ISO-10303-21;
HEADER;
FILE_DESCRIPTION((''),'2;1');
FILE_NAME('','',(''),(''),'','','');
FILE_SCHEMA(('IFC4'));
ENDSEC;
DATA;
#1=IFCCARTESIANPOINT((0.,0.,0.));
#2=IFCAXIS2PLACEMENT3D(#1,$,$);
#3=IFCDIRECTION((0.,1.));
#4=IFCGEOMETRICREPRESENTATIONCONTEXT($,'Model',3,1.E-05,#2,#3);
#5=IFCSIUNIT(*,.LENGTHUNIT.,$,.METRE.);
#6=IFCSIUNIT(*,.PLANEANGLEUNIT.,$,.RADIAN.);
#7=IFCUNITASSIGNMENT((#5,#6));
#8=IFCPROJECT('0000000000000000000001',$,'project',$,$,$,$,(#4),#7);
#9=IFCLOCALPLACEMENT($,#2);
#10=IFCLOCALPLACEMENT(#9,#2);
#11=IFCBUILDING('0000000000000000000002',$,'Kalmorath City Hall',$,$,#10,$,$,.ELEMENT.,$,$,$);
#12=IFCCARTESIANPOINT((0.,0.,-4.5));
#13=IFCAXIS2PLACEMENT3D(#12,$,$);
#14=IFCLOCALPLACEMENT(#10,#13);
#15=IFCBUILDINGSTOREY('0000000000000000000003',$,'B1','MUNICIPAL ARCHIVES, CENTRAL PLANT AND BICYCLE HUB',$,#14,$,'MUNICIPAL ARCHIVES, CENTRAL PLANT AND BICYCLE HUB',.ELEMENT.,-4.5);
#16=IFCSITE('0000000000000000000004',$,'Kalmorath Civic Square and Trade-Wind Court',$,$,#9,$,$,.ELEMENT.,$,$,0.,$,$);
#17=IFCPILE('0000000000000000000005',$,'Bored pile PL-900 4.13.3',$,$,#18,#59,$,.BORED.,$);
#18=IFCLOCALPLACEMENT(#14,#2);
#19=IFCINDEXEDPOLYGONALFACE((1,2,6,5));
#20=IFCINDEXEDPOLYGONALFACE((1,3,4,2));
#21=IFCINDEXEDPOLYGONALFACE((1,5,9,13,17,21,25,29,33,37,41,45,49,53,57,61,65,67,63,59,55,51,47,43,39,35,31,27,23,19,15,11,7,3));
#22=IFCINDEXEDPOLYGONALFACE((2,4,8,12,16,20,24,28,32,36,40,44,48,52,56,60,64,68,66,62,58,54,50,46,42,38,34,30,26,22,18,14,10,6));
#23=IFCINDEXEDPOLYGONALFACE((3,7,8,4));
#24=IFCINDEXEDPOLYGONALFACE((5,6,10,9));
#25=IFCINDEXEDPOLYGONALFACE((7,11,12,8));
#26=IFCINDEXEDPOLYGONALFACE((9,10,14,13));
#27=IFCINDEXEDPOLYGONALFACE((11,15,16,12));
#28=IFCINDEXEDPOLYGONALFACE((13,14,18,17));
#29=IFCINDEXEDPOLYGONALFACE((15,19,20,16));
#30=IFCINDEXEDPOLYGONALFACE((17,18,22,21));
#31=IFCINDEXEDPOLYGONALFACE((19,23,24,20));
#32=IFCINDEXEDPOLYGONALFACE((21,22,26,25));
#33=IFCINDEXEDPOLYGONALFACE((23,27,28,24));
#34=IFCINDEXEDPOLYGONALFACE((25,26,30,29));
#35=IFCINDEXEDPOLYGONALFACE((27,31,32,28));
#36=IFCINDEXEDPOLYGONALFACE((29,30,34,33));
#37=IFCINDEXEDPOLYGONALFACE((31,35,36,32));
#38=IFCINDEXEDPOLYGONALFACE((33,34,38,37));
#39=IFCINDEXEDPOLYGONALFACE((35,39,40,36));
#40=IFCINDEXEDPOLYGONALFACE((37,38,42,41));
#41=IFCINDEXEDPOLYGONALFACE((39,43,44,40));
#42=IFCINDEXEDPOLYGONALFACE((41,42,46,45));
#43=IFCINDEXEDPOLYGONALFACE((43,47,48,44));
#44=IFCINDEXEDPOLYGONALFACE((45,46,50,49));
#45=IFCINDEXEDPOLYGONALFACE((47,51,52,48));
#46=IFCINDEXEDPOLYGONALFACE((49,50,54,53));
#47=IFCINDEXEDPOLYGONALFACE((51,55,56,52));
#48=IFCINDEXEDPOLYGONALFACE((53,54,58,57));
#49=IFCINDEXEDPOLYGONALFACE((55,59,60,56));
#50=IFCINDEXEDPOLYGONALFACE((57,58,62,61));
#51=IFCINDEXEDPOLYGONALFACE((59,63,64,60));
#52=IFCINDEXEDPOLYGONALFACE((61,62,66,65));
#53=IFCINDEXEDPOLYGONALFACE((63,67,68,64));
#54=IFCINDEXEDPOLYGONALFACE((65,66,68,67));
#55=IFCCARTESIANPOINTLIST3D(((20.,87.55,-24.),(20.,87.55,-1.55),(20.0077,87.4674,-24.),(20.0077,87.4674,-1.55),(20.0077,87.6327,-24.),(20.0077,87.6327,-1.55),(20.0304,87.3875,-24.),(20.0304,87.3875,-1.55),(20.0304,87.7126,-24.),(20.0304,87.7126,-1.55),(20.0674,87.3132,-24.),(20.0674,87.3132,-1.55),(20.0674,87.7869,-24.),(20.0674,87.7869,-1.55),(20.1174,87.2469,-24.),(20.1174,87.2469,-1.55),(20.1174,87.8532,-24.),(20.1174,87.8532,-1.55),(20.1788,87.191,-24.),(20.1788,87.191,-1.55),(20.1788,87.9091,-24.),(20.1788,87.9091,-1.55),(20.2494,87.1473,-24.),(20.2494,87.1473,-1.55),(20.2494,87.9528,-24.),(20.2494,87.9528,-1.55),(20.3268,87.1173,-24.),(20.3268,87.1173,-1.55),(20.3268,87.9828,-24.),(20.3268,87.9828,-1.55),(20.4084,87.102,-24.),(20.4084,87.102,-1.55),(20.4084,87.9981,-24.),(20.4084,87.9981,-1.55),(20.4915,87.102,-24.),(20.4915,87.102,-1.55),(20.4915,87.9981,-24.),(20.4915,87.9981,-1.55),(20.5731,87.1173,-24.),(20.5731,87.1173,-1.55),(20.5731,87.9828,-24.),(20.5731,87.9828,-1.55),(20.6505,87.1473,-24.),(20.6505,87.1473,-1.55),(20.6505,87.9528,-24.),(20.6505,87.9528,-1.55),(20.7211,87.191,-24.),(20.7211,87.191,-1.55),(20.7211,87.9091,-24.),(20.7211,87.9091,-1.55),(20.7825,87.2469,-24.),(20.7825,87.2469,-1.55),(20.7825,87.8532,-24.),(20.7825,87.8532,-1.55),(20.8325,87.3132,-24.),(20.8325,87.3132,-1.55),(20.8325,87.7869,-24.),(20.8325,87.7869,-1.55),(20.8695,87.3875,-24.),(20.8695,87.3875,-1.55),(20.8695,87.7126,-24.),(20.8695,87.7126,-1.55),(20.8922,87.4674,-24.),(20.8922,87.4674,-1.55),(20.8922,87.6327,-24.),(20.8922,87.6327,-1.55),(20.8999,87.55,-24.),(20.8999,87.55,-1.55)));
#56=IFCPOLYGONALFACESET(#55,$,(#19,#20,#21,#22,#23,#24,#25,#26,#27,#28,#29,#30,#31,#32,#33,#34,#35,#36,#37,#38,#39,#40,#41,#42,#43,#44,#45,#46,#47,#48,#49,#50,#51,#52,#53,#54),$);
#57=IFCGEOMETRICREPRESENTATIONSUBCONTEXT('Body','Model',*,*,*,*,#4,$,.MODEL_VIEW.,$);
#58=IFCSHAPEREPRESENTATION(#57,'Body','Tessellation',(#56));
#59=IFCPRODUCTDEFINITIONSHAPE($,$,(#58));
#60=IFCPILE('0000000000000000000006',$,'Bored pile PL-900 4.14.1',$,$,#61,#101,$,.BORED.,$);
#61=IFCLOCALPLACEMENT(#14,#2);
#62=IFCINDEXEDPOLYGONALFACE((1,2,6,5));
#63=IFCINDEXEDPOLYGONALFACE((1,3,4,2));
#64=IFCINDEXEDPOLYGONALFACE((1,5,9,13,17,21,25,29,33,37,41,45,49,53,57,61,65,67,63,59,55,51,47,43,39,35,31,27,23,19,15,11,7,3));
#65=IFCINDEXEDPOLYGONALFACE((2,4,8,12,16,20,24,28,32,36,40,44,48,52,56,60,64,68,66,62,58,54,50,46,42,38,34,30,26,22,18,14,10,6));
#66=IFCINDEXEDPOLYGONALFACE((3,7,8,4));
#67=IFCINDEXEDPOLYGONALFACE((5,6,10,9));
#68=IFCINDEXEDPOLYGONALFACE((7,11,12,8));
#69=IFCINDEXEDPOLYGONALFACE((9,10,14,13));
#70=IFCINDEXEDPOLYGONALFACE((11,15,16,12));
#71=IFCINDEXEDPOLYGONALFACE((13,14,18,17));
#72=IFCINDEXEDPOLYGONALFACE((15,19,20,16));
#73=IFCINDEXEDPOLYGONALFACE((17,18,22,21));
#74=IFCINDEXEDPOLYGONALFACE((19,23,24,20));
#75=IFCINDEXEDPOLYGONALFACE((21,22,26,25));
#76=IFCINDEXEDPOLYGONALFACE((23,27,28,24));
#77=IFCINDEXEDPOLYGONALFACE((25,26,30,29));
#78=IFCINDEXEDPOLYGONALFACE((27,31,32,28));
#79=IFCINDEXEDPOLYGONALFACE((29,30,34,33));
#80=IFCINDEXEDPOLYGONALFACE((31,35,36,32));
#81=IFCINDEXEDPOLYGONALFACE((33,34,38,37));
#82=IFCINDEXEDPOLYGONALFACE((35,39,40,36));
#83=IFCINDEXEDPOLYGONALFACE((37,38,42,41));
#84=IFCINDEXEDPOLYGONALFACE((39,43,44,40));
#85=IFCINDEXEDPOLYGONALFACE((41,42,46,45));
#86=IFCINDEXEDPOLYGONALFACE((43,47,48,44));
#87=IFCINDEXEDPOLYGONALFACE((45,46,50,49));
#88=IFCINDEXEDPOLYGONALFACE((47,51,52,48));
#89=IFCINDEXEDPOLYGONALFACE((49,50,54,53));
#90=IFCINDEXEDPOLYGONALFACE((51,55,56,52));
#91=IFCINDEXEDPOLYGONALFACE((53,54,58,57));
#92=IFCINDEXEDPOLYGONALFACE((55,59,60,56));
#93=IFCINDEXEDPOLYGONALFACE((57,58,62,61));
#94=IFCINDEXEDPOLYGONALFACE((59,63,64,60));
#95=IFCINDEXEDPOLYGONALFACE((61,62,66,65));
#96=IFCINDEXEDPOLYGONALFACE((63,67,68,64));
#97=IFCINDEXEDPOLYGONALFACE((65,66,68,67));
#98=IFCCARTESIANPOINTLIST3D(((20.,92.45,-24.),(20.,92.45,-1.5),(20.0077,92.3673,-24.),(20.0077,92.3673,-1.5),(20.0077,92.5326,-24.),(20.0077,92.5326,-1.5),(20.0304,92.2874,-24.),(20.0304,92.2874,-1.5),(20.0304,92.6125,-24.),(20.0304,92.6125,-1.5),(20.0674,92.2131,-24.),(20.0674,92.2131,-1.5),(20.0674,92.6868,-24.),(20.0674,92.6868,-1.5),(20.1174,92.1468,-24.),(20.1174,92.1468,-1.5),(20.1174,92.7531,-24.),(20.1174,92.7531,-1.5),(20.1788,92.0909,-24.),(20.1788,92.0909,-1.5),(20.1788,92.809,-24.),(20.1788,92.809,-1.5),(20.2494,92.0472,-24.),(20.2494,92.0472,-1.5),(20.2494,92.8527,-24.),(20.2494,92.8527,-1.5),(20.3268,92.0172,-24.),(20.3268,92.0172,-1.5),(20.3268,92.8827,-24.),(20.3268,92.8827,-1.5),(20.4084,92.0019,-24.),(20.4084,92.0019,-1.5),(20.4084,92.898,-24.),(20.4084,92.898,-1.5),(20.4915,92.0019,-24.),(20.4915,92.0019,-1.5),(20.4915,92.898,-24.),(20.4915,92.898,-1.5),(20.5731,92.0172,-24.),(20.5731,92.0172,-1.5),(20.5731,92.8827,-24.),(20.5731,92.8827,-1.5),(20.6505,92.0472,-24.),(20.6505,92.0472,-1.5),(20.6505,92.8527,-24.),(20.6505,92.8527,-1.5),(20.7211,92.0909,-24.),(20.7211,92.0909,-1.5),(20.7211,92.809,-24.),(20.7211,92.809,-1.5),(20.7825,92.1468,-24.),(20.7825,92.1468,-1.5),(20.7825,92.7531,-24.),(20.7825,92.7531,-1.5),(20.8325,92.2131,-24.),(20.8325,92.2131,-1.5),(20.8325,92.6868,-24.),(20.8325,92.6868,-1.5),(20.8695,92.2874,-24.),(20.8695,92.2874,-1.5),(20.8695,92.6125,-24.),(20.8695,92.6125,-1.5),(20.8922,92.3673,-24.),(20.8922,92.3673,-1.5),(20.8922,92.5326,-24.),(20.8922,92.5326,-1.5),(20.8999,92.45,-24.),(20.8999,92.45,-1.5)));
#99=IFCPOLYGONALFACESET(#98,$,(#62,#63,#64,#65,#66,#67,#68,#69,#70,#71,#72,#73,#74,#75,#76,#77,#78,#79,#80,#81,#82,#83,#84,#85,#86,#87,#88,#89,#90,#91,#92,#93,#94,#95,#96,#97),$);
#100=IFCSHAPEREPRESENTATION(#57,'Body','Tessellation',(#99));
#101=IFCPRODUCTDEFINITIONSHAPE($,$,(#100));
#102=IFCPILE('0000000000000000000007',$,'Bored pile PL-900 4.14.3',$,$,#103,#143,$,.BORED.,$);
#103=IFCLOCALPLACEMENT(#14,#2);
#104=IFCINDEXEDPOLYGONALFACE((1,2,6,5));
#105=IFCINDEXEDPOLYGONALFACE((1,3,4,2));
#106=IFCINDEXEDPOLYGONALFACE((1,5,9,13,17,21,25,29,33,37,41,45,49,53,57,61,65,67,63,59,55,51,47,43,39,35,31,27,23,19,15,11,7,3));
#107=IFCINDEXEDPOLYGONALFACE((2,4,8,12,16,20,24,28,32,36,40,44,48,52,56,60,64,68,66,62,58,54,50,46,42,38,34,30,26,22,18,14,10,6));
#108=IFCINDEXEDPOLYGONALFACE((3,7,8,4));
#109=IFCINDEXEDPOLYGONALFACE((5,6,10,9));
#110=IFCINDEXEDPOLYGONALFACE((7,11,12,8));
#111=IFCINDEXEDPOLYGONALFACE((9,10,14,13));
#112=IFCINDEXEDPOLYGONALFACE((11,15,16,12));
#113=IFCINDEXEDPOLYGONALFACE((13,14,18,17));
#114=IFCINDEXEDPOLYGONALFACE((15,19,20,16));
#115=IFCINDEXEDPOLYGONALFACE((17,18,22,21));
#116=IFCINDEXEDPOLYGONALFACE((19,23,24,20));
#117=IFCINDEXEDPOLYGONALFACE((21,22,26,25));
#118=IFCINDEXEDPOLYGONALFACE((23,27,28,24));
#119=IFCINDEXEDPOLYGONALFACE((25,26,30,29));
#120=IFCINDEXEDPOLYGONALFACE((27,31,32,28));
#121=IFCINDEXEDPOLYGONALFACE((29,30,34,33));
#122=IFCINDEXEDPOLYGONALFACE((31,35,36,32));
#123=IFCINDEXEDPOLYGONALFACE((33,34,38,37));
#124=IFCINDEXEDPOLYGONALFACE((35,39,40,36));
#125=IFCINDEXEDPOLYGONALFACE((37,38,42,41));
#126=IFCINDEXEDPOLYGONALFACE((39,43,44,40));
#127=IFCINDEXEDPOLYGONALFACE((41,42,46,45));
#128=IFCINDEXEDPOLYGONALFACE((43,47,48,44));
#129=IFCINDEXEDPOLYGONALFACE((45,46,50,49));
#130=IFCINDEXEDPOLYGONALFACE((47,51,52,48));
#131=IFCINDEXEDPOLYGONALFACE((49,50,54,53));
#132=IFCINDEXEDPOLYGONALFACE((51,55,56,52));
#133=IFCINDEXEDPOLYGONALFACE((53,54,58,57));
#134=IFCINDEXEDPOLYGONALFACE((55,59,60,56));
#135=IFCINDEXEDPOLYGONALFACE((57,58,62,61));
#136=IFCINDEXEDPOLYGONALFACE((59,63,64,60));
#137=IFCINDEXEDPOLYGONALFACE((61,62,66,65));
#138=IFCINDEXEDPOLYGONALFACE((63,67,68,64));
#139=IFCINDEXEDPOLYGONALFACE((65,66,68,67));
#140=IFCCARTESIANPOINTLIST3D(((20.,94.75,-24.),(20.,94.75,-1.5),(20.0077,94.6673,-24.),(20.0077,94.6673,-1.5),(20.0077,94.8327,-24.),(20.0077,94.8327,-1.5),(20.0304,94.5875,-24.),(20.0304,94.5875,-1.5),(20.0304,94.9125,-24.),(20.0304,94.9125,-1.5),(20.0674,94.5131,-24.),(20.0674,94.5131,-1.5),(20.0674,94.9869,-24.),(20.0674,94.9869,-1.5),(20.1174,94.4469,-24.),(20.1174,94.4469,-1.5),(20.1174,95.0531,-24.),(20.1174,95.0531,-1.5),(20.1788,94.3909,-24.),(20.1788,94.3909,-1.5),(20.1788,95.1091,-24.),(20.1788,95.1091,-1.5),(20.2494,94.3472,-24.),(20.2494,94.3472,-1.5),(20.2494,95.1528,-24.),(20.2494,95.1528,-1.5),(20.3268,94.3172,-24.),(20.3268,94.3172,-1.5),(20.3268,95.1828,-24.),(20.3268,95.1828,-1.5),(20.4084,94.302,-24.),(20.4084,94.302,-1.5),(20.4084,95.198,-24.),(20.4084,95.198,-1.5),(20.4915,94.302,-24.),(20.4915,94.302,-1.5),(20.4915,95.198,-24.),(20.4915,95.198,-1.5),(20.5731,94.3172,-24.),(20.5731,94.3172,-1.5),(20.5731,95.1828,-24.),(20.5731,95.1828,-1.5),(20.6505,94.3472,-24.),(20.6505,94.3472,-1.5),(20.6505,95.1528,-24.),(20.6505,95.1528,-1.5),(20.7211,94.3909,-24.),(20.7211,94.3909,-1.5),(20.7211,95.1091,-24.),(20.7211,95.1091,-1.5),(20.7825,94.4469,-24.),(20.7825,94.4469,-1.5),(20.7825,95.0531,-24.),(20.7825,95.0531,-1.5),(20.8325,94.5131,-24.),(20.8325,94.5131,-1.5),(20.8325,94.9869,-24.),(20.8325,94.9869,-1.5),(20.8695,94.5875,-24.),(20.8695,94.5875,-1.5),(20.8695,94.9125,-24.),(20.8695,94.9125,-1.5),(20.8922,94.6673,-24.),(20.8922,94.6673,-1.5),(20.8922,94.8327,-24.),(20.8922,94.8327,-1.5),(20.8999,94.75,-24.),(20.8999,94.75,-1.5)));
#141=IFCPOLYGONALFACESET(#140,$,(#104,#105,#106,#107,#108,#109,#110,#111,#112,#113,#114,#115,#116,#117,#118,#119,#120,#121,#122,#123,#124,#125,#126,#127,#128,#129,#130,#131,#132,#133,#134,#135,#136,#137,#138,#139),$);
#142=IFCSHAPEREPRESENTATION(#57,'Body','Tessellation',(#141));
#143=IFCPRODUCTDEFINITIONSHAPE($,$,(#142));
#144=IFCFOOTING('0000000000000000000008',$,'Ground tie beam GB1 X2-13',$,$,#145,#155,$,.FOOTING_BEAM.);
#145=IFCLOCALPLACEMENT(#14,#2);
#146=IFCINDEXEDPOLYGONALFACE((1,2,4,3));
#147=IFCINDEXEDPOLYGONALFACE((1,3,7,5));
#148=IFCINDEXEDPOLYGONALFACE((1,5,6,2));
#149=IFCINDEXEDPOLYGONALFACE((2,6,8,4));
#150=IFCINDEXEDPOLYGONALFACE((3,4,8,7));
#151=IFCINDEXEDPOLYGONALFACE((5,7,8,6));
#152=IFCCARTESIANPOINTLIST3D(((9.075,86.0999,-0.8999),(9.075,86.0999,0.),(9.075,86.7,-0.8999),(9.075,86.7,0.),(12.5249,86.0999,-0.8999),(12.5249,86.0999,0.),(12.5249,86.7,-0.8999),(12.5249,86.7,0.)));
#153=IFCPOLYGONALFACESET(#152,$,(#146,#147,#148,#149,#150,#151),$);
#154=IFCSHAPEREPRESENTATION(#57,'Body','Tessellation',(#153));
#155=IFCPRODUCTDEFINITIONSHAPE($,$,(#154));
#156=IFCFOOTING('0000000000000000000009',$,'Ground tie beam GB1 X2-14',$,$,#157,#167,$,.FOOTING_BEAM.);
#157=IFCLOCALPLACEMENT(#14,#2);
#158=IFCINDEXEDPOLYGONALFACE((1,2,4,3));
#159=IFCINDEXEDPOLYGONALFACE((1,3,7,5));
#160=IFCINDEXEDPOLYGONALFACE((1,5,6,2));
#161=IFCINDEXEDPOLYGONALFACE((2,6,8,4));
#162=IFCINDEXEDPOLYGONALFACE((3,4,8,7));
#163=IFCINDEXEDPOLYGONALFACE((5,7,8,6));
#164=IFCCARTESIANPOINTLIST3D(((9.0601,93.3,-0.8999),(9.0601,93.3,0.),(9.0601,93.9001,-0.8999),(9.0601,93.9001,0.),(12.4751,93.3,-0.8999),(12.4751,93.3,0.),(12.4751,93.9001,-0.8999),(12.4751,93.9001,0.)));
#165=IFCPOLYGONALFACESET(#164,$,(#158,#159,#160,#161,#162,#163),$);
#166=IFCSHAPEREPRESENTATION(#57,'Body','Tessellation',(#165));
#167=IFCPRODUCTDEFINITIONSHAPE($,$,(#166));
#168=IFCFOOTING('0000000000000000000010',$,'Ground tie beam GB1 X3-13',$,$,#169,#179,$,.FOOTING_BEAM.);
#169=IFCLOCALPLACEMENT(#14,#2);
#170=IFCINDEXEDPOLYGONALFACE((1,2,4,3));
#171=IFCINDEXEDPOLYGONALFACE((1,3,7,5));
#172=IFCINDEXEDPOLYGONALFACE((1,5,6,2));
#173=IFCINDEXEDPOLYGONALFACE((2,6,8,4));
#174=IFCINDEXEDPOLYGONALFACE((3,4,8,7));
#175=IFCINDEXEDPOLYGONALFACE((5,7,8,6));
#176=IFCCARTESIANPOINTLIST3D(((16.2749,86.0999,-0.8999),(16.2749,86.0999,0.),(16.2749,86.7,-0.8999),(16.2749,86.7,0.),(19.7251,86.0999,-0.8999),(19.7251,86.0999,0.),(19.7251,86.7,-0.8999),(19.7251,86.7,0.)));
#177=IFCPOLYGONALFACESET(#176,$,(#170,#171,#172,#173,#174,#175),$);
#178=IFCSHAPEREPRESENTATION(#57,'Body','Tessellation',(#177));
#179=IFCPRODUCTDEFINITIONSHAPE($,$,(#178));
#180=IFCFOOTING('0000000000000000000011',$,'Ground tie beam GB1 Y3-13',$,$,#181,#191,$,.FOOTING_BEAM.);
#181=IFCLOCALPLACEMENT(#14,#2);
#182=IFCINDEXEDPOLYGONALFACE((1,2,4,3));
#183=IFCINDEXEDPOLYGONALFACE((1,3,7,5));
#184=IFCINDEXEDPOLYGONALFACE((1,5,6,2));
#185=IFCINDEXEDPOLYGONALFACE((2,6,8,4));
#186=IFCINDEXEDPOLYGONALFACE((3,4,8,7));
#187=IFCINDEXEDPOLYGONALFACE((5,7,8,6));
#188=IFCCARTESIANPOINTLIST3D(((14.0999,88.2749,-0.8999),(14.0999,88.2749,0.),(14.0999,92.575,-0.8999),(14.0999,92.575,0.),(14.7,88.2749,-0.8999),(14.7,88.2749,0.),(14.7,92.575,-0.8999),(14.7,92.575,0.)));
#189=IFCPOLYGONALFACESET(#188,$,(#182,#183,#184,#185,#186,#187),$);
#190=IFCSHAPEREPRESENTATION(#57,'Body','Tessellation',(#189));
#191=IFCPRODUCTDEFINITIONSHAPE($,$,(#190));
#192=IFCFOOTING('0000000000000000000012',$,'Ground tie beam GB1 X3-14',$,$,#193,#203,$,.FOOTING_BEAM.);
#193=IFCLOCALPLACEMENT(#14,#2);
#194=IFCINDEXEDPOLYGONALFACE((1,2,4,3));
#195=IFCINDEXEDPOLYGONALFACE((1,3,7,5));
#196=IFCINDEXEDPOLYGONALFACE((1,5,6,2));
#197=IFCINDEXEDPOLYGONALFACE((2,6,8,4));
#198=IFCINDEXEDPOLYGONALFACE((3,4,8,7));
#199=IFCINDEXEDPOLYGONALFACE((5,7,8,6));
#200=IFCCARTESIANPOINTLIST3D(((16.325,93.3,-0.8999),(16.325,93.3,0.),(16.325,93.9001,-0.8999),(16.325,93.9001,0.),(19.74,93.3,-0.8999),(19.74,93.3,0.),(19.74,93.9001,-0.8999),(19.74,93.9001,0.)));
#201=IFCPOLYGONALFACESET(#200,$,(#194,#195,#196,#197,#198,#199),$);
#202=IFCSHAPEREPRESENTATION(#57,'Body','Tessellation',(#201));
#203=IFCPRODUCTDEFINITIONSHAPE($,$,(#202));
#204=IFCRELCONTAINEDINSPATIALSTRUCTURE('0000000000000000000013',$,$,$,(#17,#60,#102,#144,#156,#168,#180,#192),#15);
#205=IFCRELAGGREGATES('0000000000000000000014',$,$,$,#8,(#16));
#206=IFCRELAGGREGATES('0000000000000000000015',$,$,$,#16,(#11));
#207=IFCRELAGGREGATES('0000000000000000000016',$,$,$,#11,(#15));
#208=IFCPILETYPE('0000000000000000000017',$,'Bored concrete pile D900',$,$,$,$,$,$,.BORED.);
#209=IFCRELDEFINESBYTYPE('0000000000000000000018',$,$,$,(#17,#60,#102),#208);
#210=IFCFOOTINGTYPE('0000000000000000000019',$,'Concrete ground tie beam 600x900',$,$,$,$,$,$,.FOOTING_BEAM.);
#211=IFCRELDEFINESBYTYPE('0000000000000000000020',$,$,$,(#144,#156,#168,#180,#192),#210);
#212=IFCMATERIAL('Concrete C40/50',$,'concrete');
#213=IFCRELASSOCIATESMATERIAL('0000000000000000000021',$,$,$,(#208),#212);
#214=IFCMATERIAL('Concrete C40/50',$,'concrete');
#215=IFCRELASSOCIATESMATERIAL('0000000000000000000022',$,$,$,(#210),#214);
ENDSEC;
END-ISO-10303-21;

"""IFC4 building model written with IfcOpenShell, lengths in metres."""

from ifc_helpers import new_model, si_unit, direction, frame, origin, origin_2d, place, context, subcontext, project, spatial, rectangle, circle, extrude, material, material_profile, profile_set, type_object, element, save


model = new_model("IFC4")

# Units and contexts
model_context = context("Model", 3, precision=1e-05, world=origin(), true_north=direction((0.0, 1.0)))
body_context = subcontext(model_context, "Body", "Model", "MODEL_VIEW")
ifc_project = project(units=[si_unit("LENGTHUNIT", "METRE"), si_unit("PLANEANGLEUNIT", "RADIAN")], contexts=[model_context])

# Site, building, storey
site_placement = place(None, origin())
site = spatial("IfcSite", under=ifc_project, at=site_placement, Name="Kalmorath Civic Square and Trade-Wind Court", CompositionType="ELEMENT", RefElevation=0.0)
building_placement = place(site_placement, origin())
building = spatial("IfcBuilding", under=site, at=building_placement, Name="Kalmorath City Hall", CompositionType="ELEMENT")
storey_placement = place(building_placement, frame((0.0, 0.0, -4.5)))
storey = spatial("IfcBuildingStorey", under=building, at=storey_placement, Name="B1", Description="MUNICIPAL ARCHIVES, CENTRAL PLANT AND BICYCLE HUB", LongName="MUNICIPAL ARCHIVES, CENTRAL PLANT AND BICYCLE HUB", CompositionType="ELEMENT", Elevation=-4.5)

# Piles
ifc_material_1 = material(Name="Concrete C40/50", Category="concrete")
ifc_material_profile_1 = material_profile(ifc_material_1, circle(Radius=0.45, at=origin_2d()), Name="PILE-D900")
ifc_profile_set_1 = profile_set([ifc_material_profile_1], Name="Concrete C40/50")
pile_type = type_object("IfcPileType", Name="Bored concrete pile D900", PredefinedType="BORED", material=ifc_profile_set_1)
pile_placement = place(storey_placement, frame((20.45, 87.55, -1.55), z_axis=(0.0, 0.0, -1.0), x_axis=(1.0, 0.0, 0.0)))
element("IfcPile", 1, at=pile_placement, inside=storey, type_object=pile_type, Name="Bored pile PL-900 4.13.3", PredefinedType="BORED", context=body_context, shape_type="SweptSolid", body=[
    extrude(circle(Radius=0.45, at=origin_2d()), origin(), (0.0, 0.0, 1.0), 22.45),
])
for number, where, z_axis, x_axis, name in (
    (2, (20.45, 92.45, -1.5), (0.0, 0.0, -1.0), (1.0, 0.0, 0.0), "Bored pile PL-900 4.14.1"),
    (3, (20.45, 94.75, -1.5), (0.0, 0.0, -1.0), (1.0, 0.0, 0.0), "Bored pile PL-900 4.14.3"),
):
    element("IfcPile", number, at=place(storey_placement, frame(where, z_axis=z_axis, x_axis=x_axis)), inside=storey, type_object=pile_type, Name=name, PredefinedType="BORED", context=body_context, shape_type="SweptSolid", body=[
        extrude(circle(Radius=0.45, at=origin_2d()), origin(), (0.0, 0.0, 1.0), 22.5),
    ])

# Footings
ifc_material_2 = material(Name="Concrete C40/50", Category="concrete")
ifc_material_profile_2 = material_profile(ifc_material_2, rectangle(XDim=0.6001, YDim=0.8999, at=origin_2d()), Name="RC-BM-600X900")
ifc_profile_set_2 = profile_set([ifc_material_profile_2], Name="Concrete C40/50")
footing_type_1 = type_object("IfcFootingType", Name="Concrete ground tie beam 600x900", PredefinedType="FOOTING_BEAM", material=ifc_profile_set_2)
footing_1_placement = place(storey_placement, frame((9.075, 86.3999, -0.45), z_axis=(1.0, 0.0, 0.0), x_axis=(0.0, 1.0, 0.0)))
element("IfcFooting", 4, at=footing_1_placement, inside=storey, type_object=footing_type_1, Name="Ground tie beam GB1 X2-13", PredefinedType="FOOTING_BEAM", context=body_context, shape_type="SweptSolid", body=[
    extrude(rectangle(XDim=0.6001, YDim=0.8999, at=origin_2d()), origin(), (0.0, 0.0, 1.0), 3.45),
])
footing_2_placement = place(storey_placement, frame((9.0601, 93.6001, -0.45), z_axis=(1.0, 0.0, 0.0), x_axis=(0.0, 1.0, 0.0)))
element("IfcFooting", 5, at=footing_2_placement, inside=storey, type_object=footing_type_1, Name="Ground tie beam GB1 X2-14", PredefinedType="FOOTING_BEAM", context=body_context, shape_type="SweptSolid", body=[
    extrude(rectangle(XDim=0.6001, YDim=0.8999, at=origin_2d()), origin(), (0.0, 0.0, 1.0), 3.415),
])
footing_3_placement = place(storey_placement, frame((16.2749, 86.3999, -0.45), z_axis=(1.0, 0.0, 0.0), x_axis=(0.0, 1.0, 0.0)))
element("IfcFooting", 6, at=footing_3_placement, inside=storey, type_object=footing_type_1, Name="Ground tie beam GB1 X3-13", PredefinedType="FOOTING_BEAM", context=body_context, shape_type="SweptSolid", body=[
    extrude(rectangle(XDim=0.6001, YDim=0.8999, at=origin_2d()), origin(), (0.0, 0.0, 1.0), 3.4502),
])
footing_4_placement = place(storey_placement, frame((14.3999, 88.2749, -0.45), z_axis=(0.0, 1.0, 0.0), x_axis=(-1.0, 0.0, 0.0)))
element("IfcFooting", 7, at=footing_4_placement, inside=storey, type_object=footing_type_1, Name="Ground tie beam GB1 Y3-13", PredefinedType="FOOTING_BEAM", context=body_context, shape_type="SweptSolid", body=[
    extrude(rectangle(XDim=0.6001, YDim=0.8999, at=origin_2d()), origin(), (0.0, 0.0, 1.0), 4.3),
])
footing_5_placement = place(storey_placement, frame((16.325, 93.6001, -0.45), z_axis=(1.0, 0.0, 0.0), x_axis=(0.0, 1.0, 0.0)))
element("IfcFooting", 8, at=footing_5_placement, inside=storey, type_object=footing_type_1, Name="Ground tie beam GB1 X3-14", PredefinedType="FOOTING_BEAM", context=body_context, shape_type="SweptSolid", body=[
    extrude(rectangle(XDim=0.6001, YDim=0.8999, at=origin_2d()), origin(), (0.0, 0.0, 1.0), 3.415),
])

save(model, "model.ifc")
